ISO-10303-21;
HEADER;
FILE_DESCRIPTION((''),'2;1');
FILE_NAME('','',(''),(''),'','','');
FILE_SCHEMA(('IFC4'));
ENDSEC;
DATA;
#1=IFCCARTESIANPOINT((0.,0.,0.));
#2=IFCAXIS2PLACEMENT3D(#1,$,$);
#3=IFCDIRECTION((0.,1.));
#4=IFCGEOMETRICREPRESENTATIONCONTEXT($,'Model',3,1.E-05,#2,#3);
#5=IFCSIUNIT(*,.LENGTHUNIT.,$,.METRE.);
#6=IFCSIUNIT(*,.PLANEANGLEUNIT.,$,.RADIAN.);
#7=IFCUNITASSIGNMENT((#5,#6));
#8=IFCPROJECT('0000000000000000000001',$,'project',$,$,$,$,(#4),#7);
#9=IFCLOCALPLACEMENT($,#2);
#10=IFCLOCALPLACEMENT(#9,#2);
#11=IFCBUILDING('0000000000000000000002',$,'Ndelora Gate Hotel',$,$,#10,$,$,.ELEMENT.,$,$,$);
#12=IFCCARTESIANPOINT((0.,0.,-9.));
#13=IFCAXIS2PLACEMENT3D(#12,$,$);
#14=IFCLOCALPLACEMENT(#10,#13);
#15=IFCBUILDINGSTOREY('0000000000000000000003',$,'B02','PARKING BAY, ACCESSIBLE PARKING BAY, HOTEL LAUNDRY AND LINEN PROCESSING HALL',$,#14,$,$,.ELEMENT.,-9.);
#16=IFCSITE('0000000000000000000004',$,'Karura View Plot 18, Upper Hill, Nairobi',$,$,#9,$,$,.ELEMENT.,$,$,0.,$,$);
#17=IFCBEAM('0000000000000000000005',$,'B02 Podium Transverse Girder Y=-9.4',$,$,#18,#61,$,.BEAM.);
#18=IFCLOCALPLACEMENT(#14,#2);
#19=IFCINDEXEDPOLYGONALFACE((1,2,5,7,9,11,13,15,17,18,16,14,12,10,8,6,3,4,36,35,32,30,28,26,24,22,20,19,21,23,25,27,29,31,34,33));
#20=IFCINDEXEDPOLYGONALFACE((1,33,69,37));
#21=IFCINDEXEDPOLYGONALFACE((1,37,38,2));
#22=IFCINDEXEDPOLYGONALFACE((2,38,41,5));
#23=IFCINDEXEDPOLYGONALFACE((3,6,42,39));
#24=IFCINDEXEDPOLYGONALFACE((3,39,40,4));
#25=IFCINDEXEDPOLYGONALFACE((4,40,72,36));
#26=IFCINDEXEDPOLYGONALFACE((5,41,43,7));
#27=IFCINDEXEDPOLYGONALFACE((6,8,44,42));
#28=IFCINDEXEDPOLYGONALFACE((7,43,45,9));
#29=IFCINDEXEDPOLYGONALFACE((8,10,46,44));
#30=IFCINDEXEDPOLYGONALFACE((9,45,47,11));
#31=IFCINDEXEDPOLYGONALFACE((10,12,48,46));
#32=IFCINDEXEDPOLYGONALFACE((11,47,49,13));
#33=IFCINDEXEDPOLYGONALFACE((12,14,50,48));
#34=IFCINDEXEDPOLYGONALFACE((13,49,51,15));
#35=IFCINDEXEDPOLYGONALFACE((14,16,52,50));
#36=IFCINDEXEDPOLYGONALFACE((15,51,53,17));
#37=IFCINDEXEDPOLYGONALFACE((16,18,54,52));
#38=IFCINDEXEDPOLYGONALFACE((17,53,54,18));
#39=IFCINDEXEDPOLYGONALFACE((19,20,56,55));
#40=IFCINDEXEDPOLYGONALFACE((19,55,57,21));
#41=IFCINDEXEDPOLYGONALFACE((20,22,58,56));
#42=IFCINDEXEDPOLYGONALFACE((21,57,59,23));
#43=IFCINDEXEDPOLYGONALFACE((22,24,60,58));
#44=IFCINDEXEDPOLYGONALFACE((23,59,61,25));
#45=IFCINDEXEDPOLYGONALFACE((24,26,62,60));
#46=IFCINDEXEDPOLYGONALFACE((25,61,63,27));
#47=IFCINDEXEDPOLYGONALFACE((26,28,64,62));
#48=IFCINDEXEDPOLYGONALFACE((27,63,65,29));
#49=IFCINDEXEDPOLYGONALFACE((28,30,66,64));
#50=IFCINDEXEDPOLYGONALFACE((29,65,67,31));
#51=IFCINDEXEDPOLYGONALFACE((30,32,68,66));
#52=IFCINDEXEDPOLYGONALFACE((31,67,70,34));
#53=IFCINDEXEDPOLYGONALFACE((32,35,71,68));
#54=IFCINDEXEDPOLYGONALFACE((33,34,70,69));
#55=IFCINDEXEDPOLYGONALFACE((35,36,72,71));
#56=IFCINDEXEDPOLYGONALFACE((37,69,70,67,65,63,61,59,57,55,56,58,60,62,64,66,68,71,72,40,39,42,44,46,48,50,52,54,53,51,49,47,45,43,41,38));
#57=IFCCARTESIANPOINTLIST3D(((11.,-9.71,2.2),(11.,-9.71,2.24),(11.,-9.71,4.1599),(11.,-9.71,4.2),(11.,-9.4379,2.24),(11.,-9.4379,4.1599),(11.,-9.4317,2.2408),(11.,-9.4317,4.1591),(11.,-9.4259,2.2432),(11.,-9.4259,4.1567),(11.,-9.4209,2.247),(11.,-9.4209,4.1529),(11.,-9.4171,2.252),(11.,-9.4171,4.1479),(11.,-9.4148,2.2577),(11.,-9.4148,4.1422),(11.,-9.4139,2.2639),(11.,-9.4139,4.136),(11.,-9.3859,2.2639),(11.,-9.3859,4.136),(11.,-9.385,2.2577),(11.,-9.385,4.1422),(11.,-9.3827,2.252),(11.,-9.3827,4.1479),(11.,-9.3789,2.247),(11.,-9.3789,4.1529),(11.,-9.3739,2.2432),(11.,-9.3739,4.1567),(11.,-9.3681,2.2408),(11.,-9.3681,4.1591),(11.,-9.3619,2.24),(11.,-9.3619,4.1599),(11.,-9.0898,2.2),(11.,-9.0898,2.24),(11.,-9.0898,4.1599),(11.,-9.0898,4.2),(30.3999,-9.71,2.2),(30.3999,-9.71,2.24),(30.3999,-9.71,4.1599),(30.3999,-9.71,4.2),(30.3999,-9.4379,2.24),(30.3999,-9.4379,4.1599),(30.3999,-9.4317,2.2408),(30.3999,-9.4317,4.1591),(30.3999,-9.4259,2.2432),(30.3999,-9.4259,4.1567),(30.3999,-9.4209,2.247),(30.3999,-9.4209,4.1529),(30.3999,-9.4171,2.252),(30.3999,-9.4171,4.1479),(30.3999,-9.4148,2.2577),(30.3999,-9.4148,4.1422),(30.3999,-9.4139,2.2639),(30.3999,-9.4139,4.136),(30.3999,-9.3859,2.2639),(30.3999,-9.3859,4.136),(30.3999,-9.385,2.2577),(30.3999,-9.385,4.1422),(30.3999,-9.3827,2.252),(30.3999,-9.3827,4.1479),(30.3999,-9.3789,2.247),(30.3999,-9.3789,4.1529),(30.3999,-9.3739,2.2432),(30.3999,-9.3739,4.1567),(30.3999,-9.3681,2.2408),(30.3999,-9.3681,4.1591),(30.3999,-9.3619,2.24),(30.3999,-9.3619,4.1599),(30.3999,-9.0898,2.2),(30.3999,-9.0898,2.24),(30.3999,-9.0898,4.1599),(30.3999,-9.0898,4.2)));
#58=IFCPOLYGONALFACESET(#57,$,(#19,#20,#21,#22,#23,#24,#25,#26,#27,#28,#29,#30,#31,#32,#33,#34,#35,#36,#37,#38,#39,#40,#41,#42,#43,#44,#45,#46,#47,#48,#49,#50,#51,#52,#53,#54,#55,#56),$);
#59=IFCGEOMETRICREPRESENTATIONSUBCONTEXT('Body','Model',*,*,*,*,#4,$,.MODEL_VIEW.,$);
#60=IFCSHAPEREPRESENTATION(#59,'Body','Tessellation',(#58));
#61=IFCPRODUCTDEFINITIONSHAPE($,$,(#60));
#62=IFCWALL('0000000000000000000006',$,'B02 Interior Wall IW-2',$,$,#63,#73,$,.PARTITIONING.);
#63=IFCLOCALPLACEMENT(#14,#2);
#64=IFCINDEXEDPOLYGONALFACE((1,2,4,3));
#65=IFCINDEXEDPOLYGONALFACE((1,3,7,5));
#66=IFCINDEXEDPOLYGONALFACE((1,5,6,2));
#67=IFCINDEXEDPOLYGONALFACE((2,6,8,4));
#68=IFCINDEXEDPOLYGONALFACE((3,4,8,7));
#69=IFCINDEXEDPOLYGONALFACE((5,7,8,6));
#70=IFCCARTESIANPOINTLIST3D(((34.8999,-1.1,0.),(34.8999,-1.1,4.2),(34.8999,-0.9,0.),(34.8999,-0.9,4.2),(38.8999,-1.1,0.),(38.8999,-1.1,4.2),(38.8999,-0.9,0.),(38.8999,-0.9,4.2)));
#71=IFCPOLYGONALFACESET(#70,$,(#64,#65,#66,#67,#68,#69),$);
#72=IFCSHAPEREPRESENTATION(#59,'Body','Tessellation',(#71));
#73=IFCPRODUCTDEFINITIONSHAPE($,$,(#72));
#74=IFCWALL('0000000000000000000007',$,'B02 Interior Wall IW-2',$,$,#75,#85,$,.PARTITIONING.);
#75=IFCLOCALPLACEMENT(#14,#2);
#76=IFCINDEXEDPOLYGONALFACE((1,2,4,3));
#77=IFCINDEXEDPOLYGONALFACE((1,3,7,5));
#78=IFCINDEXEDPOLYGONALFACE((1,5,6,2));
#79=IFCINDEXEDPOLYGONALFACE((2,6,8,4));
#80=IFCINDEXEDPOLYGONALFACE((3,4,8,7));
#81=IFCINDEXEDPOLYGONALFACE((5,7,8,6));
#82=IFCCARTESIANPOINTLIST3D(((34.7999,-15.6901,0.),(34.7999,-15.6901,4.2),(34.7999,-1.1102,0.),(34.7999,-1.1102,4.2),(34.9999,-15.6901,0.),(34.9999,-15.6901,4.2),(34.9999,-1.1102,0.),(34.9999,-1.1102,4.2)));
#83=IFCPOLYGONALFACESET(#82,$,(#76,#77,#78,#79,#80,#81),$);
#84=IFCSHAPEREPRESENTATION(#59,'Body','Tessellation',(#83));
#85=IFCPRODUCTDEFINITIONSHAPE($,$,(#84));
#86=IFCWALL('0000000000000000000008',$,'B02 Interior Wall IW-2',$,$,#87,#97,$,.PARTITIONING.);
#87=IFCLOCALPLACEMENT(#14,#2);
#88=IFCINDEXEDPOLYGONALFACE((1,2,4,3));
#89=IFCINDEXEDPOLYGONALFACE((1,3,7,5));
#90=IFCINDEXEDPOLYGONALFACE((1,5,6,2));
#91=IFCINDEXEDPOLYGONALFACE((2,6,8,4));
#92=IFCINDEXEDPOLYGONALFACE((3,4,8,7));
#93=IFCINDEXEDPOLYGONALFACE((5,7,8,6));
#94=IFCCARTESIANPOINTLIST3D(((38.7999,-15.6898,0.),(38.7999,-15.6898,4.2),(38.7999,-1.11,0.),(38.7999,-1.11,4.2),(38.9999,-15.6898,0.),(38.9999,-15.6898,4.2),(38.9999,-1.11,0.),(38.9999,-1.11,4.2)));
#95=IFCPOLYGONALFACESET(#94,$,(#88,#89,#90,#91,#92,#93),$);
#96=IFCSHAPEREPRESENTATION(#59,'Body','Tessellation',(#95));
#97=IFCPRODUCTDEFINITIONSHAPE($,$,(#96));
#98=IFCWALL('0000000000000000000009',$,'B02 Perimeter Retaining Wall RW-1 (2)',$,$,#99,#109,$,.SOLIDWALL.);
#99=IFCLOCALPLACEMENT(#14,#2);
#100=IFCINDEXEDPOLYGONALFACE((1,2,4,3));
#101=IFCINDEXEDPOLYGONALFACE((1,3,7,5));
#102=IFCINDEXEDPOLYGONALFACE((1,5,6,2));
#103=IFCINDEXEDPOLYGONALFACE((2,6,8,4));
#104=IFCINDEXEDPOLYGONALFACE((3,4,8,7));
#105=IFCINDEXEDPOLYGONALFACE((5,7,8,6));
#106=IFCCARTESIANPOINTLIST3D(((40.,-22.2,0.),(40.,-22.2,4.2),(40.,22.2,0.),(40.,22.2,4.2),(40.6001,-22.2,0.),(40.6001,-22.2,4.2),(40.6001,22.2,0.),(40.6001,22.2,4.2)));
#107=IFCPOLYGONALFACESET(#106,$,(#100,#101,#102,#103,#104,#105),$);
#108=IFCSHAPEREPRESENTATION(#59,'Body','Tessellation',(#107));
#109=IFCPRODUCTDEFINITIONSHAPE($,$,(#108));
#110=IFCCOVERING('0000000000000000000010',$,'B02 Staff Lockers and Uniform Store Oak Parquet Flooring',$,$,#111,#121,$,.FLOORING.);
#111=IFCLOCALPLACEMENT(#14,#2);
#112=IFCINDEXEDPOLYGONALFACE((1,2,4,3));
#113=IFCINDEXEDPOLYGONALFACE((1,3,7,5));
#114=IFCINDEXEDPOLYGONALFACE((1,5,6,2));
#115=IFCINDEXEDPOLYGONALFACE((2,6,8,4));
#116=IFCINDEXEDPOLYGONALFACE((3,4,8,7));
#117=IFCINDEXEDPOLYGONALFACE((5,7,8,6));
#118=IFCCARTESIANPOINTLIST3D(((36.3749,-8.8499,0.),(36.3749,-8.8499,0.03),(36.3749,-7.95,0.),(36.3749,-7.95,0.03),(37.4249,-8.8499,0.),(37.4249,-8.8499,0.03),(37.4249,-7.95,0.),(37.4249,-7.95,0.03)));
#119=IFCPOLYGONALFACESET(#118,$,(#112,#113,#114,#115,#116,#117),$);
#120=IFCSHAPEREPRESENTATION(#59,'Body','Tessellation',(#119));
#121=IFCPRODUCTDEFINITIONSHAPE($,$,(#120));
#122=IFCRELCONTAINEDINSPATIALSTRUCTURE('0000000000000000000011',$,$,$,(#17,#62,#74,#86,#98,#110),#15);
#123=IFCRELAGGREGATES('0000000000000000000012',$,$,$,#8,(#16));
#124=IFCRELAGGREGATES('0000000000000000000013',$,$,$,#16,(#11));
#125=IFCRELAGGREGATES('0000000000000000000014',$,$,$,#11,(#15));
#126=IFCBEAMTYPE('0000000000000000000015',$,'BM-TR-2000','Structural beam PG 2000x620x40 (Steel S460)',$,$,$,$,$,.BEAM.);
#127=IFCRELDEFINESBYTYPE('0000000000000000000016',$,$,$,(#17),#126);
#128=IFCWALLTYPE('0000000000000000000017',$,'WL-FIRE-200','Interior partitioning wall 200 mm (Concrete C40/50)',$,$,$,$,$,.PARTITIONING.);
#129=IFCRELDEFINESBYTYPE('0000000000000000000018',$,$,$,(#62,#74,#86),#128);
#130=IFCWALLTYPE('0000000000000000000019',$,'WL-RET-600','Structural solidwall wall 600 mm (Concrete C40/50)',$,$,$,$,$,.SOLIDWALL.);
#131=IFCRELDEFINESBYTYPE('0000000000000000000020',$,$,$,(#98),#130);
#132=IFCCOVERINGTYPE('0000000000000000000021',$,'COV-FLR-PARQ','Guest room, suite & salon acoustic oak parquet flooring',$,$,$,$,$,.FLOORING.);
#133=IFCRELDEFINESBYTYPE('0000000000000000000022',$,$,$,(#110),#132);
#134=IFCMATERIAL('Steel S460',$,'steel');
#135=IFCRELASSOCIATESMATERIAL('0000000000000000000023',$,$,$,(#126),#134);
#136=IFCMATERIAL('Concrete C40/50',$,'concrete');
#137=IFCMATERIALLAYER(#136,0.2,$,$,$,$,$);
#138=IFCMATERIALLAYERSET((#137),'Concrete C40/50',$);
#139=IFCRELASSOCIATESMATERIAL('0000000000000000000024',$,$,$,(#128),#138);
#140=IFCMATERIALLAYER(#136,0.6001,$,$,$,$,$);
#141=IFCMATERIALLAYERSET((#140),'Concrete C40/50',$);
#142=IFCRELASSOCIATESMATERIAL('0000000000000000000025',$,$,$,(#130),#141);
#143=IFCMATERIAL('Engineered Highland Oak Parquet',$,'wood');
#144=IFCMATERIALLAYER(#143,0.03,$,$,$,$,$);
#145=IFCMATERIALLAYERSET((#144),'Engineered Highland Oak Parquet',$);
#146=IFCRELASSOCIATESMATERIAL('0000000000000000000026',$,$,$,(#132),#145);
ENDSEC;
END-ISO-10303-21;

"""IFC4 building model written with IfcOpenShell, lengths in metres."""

from ifc_helpers import new_model, si_unit, direction, frame, frame_2d, origin, origin_2d, place, context, subcontext, project, spatial, rectangle, i_section, extrude, material, layer, layer_set, material_profile, profile_set, type_object, element, save


model = new_model("IFC4")

# Units and contexts
model_context = context("Model", 3, precision=1e-05, world=origin(), true_north=direction((0.0, 1.0)))
body_context = subcontext(model_context, "Body", "Model", "MODEL_VIEW")
ifc_project = project(units=[si_unit("LENGTHUNIT", "METRE"), si_unit("PLANEANGLEUNIT", "RADIAN")], contexts=[model_context])

# Site, building, storey
site_placement = place(None, origin())
site = spatial("IfcSite", under=ifc_project, at=site_placement, Name="Karura View Plot 18, Upper Hill, Nairobi", CompositionType="ELEMENT", RefElevation=0.0)
building_placement = place(site_placement, origin())
building = spatial("IfcBuilding", under=site, at=building_placement, Name="Ndelora Gate Hotel", CompositionType="ELEMENT")
storey_placement = place(building_placement, frame((0.0, 0.0, -9.0)))
storey = spatial("IfcBuildingStorey", under=building, at=storey_placement, Name="B02", Description="PARKING BAY, ACCESSIBLE PARKING BAY, HOTEL LAUNDRY AND LINEN PROCESSING HALL", CompositionType="ELEMENT", Elevation=-9.0)

# Beam
ifc_material_1 = material(Name="Steel S460", Category="steel")
ifc_material_profile_1 = material_profile(ifc_material_1, i_section(OverallWidth=0.6201, OverallDepth=2.0, WebThickness=0.0281, FlangeThickness=0.04, FilletRadius=0.0239, at=origin_2d()), Name="PG 2000x620x40")
ifc_profile_set_1 = profile_set([ifc_material_profile_1], Name="Steel S460")
beam_type_1 = type_object("IfcBeamType", Name="BM-TR-2000", Description="Structural beam PG 2000x620x40 (Steel S460)", PredefinedType="BEAM", material=ifc_profile_set_1)
beam_1_placement = place(storey_placement, frame((11.0, -9.3999, 3.2), z_axis=(1.0, 0.0, 0.0), x_axis=(0.0, 1.0, 0.0)))
element("IfcBeam", 1, at=beam_1_placement, inside=storey, type_object=beam_type_1, Name="B02 Podium Transverse Girder Y=-9.4", PredefinedType="BEAM", context=body_context, shape_type="SweptSolid", body=[
    extrude(i_section(OverallWidth=0.6201, OverallDepth=2.0, WebThickness=0.0281, FlangeThickness=0.04, FilletRadius=0.0239, at=origin_2d()), origin(), (0.0, 0.0, 1.0), 19.3999),
])

# Wall
ifc_material_2 = material(Name="Concrete C40/50", Category="concrete")
ifc_layer_1 = layer(ifc_material_2, 0.2)
ifc_layer_set_1 = layer_set([ifc_layer_1], Name="Concrete C40/50")
wall_type_1 = type_object("IfcWallType", Name="WL-FIRE-200", Description="Interior partitioning wall 200 mm (Concrete C40/50)", PredefinedType="PARTITIONING", material=ifc_layer_set_1)
wall_1_placement = place(storey_placement, frame((34.8999, -1.0, 0.0), z_axis=(0.0, 0.0, 1.0), x_axis=(1.0, 0.0, 0.0)))
element("IfcWall", 2, at=wall_1_placement, inside=storey, type_object=wall_type_1, Name="B02 Interior Wall IW-2", PredefinedType="PARTITIONING", context=body_context, shape_type="SweptSolid", body=[
    extrude(rectangle(XDim=4.0, YDim=0.2, at=frame_2d((2.0, 0.0))), origin(), (0.0, 0.0, 1.0), 4.2),
])

# Walls
for number, where, z_axis, x_axis, name in (
    (3, (34.8999, -1.1101, 0.0), (0.0, 0.0, 1.0), (0.0, -1.0, 0.0), "B02 Interior Wall IW-2"),
    (4, (38.8999, -15.6899, 0.0), (0.0, 0.0, 1.0), (0.0, 1.0, 0.0), "B02 Interior Wall IW-2"),
):
    element("IfcWall", number, at=place(storey_placement, frame(where, z_axis=z_axis, x_axis=x_axis)), inside=storey, type_object=wall_type_1, Name=name, PredefinedType="PARTITIONING", context=body_context, shape_type="SweptSolid", body=[
        extrude(rectangle(XDim=14.5798, YDim=0.2, at=frame_2d((7.29, 0.0))), origin(), (0.0, 0.0, 1.0), 4.2),
    ])
ifc_layer_2 = layer(ifc_material_2, 0.6001)
ifc_layer_set_2 = layer_set([ifc_layer_2], Name="Concrete C40/50")
wall_type_2 = type_object("IfcWallType", Name="WL-RET-600", Description="Structural solidwall wall 600 mm (Concrete C40/50)", PredefinedType="SOLIDWALL", material=ifc_layer_set_2)
wall_2_placement = place(storey_placement, frame((40.3, -22.2, 0.0), z_axis=(0.0, 0.0, 1.0), x_axis=(0.0, 1.0, 0.0)))
element("IfcWall", 5, at=wall_2_placement, inside=storey, type_object=wall_type_2, Name="B02 Perimeter Retaining Wall RW-1 (2)", PredefinedType="SOLIDWALL", context=body_context, shape_type="SweptSolid", body=[
    extrude(rectangle(XDim=44.3999, YDim=0.6001, at=frame_2d((22.2, 0.0))), origin(), (0.0, 0.0, 1.0), 4.2),
])

# Covering
ifc_material_3 = material(Name="Engineered Highland Oak Parquet", Category="wood")
ifc_layer_3 = layer(ifc_material_3, 0.03)
ifc_layer_set_3 = layer_set([ifc_layer_3], Name="Engineered Highland Oak Parquet")
covering_type = type_object("IfcCoveringType", Name="COV-FLR-PARQ", Description="Guest room, suite & salon acoustic oak parquet flooring", PredefinedType="FLOORING", material=ifc_layer_set_3)
covering_placement = place(storey_placement, frame((36.8999, -8.3999, 0.0), z_axis=(0.0, 0.0, 1.0), x_axis=(1.0, 0.0, 0.0)))
element("IfcCovering", 6, at=covering_placement, inside=storey, type_object=covering_type, Name="B02 Staff Lockers and Uniform Store Oak Parquet Flooring", PredefinedType="FLOORING", context=body_context, shape_type="SweptSolid", body=[
    extrude(rectangle(XDim=1.05, YDim=0.8999, at=origin_2d()), origin(), (0.0, 0.0, 1.0), 0.03),
])

save(model, "model.ifc")
